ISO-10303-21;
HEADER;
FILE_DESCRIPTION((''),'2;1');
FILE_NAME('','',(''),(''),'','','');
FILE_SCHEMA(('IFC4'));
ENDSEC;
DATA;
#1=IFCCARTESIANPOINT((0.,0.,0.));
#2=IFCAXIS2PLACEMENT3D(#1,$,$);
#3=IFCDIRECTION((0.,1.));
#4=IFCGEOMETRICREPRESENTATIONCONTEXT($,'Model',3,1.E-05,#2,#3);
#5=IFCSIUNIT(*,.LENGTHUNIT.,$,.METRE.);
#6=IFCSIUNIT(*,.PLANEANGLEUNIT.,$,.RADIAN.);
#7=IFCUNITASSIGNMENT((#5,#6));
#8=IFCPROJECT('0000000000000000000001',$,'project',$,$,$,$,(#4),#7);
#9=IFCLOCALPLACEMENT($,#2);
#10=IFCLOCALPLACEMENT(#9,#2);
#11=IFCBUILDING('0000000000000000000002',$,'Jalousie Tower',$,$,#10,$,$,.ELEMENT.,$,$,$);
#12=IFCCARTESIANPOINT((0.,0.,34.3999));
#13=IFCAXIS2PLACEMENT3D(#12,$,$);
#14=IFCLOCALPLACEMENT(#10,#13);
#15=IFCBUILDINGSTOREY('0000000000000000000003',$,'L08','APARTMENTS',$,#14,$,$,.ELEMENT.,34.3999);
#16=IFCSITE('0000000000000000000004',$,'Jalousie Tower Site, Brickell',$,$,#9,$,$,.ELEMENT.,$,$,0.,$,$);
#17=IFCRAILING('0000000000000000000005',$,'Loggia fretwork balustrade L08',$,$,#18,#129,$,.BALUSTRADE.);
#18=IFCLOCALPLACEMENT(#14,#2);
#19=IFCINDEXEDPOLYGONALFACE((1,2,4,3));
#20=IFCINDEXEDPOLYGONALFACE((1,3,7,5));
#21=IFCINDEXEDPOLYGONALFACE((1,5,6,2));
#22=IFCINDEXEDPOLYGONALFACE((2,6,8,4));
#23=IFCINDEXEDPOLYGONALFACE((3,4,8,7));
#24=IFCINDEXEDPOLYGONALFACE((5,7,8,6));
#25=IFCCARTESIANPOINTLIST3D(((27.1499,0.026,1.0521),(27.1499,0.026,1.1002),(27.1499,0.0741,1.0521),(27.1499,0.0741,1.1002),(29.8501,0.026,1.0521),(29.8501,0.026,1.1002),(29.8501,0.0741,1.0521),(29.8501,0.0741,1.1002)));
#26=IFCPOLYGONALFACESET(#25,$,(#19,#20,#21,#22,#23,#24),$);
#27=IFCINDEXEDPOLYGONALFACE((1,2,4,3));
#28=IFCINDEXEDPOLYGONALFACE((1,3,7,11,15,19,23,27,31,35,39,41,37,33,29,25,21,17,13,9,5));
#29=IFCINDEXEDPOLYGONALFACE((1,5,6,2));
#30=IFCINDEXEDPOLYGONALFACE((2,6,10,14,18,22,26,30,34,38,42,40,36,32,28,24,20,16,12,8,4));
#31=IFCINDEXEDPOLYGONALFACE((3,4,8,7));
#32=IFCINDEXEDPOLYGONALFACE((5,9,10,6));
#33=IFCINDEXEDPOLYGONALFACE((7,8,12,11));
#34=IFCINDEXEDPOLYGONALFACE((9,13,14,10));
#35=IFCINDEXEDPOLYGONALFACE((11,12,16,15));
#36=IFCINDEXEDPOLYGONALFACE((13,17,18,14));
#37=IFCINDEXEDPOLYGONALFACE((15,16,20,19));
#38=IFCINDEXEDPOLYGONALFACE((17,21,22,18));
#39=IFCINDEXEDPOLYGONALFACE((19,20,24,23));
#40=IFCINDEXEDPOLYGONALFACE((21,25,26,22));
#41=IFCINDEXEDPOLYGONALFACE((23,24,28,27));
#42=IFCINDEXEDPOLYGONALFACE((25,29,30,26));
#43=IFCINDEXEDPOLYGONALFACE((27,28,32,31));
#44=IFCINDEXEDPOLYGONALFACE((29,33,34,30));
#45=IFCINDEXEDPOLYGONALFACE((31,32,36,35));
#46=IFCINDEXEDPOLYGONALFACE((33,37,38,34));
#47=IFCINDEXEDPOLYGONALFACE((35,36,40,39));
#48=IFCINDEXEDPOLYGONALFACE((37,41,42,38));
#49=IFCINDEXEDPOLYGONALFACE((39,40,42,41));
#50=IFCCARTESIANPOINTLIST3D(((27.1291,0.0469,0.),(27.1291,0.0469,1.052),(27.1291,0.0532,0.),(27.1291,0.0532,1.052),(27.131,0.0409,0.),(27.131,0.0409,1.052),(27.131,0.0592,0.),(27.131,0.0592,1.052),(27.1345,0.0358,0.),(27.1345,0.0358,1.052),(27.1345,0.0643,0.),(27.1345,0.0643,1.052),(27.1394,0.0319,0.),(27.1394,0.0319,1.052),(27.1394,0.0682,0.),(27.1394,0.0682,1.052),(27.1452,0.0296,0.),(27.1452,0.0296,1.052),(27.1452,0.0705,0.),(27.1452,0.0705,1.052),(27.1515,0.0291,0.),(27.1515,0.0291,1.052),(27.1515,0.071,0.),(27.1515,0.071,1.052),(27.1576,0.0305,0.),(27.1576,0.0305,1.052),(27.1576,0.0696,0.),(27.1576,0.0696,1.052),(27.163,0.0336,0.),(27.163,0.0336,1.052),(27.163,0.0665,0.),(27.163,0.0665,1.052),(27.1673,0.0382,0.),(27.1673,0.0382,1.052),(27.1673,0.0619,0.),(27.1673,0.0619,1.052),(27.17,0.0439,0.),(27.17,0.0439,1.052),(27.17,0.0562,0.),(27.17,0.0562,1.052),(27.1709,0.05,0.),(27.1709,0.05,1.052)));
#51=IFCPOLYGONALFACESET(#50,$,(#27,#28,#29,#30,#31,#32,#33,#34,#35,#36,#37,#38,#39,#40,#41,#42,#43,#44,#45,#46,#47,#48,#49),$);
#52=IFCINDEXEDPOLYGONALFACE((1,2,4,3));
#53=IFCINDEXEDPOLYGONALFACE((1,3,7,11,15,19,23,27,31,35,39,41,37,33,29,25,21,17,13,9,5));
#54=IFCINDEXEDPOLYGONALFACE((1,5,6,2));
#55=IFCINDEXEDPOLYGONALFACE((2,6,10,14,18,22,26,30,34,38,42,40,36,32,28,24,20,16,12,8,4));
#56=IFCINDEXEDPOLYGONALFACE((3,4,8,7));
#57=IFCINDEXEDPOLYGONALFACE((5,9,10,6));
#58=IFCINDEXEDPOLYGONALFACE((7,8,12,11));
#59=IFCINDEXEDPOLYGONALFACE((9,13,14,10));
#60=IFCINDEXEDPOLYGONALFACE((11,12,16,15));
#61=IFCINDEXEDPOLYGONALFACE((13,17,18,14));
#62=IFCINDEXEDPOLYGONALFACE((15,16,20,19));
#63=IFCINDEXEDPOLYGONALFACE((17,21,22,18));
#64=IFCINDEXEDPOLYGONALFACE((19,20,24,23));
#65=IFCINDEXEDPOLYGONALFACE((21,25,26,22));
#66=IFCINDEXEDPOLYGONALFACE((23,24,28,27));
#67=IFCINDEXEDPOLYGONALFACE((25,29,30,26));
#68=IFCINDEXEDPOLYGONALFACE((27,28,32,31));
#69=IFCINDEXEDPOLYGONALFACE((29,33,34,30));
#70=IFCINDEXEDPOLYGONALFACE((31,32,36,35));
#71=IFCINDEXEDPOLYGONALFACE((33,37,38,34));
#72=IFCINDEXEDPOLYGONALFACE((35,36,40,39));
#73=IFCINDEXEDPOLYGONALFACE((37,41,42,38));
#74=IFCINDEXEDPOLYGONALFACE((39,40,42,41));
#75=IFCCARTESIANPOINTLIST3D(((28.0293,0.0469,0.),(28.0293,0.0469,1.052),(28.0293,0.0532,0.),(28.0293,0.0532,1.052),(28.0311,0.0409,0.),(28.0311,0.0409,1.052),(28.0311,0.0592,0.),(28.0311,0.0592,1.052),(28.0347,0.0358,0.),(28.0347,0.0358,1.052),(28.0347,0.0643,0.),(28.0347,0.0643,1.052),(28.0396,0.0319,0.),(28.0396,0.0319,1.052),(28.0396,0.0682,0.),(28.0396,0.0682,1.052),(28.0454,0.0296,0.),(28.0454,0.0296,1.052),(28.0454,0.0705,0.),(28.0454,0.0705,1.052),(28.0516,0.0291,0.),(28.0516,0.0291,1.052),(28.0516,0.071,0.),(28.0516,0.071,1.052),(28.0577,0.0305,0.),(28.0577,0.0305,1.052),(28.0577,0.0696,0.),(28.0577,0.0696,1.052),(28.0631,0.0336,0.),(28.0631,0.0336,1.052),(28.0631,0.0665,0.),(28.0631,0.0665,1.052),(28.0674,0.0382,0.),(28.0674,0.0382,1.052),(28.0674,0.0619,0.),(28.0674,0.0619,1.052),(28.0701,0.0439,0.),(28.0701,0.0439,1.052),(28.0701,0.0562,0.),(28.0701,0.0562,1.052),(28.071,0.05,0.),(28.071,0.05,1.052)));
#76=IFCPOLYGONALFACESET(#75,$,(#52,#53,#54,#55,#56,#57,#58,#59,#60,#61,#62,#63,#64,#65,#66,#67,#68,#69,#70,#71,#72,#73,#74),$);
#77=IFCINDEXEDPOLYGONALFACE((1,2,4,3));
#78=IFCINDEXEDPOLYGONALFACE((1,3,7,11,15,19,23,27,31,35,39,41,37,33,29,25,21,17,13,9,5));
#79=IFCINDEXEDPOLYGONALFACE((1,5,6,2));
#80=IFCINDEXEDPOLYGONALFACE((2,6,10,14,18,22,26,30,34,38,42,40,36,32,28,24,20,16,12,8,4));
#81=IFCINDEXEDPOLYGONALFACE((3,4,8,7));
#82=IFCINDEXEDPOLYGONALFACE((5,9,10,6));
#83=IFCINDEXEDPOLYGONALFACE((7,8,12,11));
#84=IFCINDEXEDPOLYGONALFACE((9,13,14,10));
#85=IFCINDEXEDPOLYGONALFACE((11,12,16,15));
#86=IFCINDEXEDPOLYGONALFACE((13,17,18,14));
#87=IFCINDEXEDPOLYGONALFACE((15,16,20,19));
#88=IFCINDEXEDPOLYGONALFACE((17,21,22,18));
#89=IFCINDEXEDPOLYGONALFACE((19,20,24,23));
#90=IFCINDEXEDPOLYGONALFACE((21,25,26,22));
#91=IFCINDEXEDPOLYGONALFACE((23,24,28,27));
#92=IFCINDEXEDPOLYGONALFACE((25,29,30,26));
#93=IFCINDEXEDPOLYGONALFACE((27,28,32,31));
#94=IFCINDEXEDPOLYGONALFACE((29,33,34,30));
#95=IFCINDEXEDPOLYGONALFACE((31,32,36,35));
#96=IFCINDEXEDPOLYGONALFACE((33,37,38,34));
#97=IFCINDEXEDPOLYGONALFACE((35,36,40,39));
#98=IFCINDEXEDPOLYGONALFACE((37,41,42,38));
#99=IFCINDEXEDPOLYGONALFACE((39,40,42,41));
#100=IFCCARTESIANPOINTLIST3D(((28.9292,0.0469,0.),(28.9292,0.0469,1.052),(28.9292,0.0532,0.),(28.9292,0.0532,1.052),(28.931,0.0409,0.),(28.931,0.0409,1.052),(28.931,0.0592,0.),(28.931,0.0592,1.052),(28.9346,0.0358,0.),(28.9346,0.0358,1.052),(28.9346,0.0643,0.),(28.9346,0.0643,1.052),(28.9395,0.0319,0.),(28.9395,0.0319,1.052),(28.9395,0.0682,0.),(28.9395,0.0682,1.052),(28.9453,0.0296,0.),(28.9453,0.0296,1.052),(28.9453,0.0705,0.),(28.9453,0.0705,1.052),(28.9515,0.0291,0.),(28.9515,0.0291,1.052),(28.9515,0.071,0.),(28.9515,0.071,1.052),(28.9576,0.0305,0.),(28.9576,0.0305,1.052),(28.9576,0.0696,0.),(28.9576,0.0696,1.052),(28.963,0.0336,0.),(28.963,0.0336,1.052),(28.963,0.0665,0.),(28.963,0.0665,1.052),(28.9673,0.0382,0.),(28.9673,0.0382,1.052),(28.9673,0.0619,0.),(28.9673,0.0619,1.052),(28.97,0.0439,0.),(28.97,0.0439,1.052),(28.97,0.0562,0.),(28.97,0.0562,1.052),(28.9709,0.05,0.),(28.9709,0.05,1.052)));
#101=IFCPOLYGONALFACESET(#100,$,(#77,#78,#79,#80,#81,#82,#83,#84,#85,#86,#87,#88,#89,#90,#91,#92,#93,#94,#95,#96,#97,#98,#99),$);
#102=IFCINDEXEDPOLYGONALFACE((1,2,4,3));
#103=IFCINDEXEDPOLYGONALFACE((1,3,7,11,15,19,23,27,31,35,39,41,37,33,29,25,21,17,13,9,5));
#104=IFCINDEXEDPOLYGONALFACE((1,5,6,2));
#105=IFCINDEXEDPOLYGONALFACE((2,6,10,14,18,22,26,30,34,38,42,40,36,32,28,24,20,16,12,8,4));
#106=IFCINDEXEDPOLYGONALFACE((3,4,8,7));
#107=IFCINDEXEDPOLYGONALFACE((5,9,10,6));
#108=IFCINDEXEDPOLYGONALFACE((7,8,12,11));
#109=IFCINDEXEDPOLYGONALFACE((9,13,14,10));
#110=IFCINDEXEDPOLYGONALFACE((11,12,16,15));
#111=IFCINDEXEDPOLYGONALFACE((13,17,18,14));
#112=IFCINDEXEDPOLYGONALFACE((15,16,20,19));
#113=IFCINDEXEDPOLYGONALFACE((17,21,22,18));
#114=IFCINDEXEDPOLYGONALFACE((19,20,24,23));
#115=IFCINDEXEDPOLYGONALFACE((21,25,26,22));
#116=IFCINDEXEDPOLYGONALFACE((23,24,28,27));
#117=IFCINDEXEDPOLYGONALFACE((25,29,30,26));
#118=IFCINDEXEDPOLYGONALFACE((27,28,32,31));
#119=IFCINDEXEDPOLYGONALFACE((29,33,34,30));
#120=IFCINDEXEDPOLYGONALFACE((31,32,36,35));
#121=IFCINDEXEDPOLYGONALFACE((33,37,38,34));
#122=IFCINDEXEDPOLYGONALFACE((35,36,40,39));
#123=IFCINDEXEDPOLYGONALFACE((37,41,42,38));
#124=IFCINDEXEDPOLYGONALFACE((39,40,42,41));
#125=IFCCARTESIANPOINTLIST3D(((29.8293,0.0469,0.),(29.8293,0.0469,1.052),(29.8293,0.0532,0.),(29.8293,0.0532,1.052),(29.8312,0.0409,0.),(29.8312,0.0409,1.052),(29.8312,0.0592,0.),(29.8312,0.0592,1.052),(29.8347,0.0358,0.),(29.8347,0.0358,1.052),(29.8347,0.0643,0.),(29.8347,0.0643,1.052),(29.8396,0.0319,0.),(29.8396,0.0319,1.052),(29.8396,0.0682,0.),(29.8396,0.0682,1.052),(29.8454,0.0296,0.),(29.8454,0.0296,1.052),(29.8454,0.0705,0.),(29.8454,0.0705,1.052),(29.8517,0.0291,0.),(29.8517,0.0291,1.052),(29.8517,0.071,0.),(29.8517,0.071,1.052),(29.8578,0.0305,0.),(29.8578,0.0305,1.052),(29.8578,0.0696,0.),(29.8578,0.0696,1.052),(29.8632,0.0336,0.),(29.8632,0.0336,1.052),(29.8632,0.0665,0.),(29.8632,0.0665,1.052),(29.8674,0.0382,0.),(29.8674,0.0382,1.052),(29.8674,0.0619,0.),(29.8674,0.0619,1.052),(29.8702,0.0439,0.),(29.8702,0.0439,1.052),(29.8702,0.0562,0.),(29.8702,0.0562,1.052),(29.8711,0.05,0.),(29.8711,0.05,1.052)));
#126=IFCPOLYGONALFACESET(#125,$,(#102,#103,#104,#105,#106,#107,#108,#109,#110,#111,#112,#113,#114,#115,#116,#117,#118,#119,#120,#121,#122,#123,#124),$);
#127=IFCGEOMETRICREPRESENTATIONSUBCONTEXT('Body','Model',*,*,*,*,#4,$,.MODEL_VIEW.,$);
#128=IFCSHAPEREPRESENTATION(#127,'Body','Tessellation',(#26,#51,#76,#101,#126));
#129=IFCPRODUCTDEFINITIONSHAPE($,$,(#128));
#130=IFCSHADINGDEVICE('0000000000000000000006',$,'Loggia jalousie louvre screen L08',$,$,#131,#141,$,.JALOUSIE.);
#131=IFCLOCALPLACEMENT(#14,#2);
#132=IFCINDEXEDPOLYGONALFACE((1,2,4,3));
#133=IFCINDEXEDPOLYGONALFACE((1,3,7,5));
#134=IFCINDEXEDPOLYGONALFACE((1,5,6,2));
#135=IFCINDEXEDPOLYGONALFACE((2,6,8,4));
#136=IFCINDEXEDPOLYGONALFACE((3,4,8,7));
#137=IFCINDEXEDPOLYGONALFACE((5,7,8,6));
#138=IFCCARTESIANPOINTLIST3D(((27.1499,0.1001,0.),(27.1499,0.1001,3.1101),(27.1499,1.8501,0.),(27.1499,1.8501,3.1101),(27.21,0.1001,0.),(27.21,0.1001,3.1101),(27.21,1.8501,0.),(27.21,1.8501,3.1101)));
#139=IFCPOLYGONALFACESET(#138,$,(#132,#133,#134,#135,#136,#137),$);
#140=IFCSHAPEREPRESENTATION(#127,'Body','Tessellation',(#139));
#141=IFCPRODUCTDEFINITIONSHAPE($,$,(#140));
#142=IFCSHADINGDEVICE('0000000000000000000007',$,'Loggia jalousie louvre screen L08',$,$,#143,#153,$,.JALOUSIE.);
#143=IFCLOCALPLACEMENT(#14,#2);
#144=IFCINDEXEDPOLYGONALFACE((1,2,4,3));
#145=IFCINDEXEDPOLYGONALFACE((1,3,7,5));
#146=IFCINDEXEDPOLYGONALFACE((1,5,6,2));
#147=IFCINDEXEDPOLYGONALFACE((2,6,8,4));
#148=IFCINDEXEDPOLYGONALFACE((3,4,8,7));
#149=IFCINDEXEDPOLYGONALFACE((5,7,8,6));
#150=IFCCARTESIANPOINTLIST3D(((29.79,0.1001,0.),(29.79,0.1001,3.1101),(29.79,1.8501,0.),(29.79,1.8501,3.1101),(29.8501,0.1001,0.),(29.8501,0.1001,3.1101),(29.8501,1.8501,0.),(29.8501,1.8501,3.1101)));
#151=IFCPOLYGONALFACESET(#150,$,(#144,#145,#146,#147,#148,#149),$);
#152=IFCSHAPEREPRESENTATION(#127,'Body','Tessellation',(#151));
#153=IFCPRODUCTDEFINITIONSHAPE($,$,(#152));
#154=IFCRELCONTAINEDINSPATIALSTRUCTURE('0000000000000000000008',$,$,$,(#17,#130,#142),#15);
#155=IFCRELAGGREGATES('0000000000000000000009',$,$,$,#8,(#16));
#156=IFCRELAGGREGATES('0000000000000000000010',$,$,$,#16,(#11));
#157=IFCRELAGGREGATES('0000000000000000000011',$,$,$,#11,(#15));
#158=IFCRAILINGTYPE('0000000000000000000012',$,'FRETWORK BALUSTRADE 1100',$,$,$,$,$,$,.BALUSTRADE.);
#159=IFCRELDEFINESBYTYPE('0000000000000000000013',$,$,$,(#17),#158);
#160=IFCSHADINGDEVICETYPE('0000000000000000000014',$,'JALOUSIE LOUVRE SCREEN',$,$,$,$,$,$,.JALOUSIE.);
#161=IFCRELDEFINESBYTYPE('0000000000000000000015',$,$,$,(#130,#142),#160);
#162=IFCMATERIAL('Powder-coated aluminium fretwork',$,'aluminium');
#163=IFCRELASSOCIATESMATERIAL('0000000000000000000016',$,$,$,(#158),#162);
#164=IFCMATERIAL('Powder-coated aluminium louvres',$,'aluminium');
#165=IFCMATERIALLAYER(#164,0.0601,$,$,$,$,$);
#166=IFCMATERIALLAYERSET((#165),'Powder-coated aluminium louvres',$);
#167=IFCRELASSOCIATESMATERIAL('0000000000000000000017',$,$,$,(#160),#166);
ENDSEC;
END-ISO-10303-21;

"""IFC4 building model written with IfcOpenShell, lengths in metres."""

from ifc_helpers import new_model, si_unit, direction, frame, origin, origin_2d, place, context, subcontext, project, spatial, rectangle, circle, extrude, material, layer, layer_set, type_object, element, save


model = new_model("IFC4")

# Units and contexts
model_context = context("Model", 3, precision=1e-05, world=origin(), true_north=direction((0.0, 1.0)))
body_context = subcontext(model_context, "Body", "Model", "MODEL_VIEW")
ifc_project = project(units=[si_unit("LENGTHUNIT", "METRE"), si_unit("PLANEANGLEUNIT", "RADIAN")], contexts=[model_context])

# Site, building, storey
site_placement = place(None, origin())
site = spatial("IfcSite", under=ifc_project, at=site_placement, Name="Jalousie Tower Site, Brickell", CompositionType="ELEMENT", RefElevation=0.0)
building_placement = place(site_placement, origin())
building = spatial("IfcBuilding", under=site, at=building_placement, Name="Jalousie Tower", CompositionType="ELEMENT")
storey_placement = place(building_placement, frame((0.0, 0.0, 34.3999)))
storey = spatial("IfcBuildingStorey", under=building, at=storey_placement, Name="L08", Description="APARTMENTS", CompositionType="ELEMENT", Elevation=34.3999)

# Railing
ifc_material_1 = material(Name="Powder-coated aluminium fretwork", Category="aluminium")
railing_type = type_object("IfcRailingType", Name="FRETWORK BALUSTRADE 1100", PredefinedType="BALUSTRADE", material=ifc_material_1)
railing_placement = place(storey_placement, frame((27.1499, 0.05, 0.0)))
element("IfcRailing", 1, at=railing_placement, inside=storey, type_object=railing_type, Name="Loggia fretwork balustrade L08", PredefinedType="BALUSTRADE", context=body_context, shape_type="SweptSolid", body=[
    extrude(rectangle(XDim=0.0481, YDim=0.0481, at=origin_2d()), frame((0.0, 0.0, 1.0762), z_axis=(1.0, 0.0, 0.0), x_axis=(0.0, 1.0, 0.0)), (0.0, 0.0, 1.0), 2.7002),
    extrude(circle(Radius=0.021, at=origin_2d()), origin(), (0.0, 0.0, 1.0), 1.052),
    extrude(circle(Radius=0.021, at=origin_2d()), frame((0.9001, 0.0, 0.0)), (0.0, 0.0, 1.0), 1.052),
    extrude(circle(Radius=0.021, at=origin_2d()), frame((1.8, 0.0, 0.0)), (0.0, 0.0, 1.0), 1.052),
    extrude(circle(Radius=0.021, at=origin_2d()), frame((2.7002, 0.0, 0.0)), (0.0, 0.0, 1.0), 1.052),
])

# Shading devices
ifc_material_2 = material(Name="Powder-coated aluminium louvres", Category="aluminium")
ifc_layer_1 = layer(ifc_material_2, 0.0601)
ifc_layer_set_1 = layer_set([ifc_layer_1], Name="Powder-coated aluminium louvres")
shading_device_type_1 = type_object("IfcShadingDeviceType", Name="JALOUSIE LOUVRE SCREEN", PredefinedType="JALOUSIE", material=ifc_layer_set_1)
for number, where, z_axis, x_axis, name in (
    (2, (27.1799, 0.9751, 0.0), (0.0, 0.0, 1.0), (1.0, 0.0, 0.0), "Loggia jalousie louvre screen L08"),
    (3, (29.8201, 0.9751, 0.0), (0.0, 0.0, 1.0), (1.0, 0.0, 0.0), "Loggia jalousie louvre screen L08"),
):
    element("IfcShadingDevice", number, at=place(storey_placement, frame(where, z_axis=z_axis, x_axis=x_axis)), inside=storey, type_object=shading_device_type_1, Name=name, PredefinedType="JALOUSIE", context=body_context, shape_type="SweptSolid", body=[
        extrude(rectangle(XDim=0.0601, YDim=1.75, at=origin_2d()), origin(), (0.0, 0.0, 1.0), 3.1101),
    ])

save(model, "model.ifc")
